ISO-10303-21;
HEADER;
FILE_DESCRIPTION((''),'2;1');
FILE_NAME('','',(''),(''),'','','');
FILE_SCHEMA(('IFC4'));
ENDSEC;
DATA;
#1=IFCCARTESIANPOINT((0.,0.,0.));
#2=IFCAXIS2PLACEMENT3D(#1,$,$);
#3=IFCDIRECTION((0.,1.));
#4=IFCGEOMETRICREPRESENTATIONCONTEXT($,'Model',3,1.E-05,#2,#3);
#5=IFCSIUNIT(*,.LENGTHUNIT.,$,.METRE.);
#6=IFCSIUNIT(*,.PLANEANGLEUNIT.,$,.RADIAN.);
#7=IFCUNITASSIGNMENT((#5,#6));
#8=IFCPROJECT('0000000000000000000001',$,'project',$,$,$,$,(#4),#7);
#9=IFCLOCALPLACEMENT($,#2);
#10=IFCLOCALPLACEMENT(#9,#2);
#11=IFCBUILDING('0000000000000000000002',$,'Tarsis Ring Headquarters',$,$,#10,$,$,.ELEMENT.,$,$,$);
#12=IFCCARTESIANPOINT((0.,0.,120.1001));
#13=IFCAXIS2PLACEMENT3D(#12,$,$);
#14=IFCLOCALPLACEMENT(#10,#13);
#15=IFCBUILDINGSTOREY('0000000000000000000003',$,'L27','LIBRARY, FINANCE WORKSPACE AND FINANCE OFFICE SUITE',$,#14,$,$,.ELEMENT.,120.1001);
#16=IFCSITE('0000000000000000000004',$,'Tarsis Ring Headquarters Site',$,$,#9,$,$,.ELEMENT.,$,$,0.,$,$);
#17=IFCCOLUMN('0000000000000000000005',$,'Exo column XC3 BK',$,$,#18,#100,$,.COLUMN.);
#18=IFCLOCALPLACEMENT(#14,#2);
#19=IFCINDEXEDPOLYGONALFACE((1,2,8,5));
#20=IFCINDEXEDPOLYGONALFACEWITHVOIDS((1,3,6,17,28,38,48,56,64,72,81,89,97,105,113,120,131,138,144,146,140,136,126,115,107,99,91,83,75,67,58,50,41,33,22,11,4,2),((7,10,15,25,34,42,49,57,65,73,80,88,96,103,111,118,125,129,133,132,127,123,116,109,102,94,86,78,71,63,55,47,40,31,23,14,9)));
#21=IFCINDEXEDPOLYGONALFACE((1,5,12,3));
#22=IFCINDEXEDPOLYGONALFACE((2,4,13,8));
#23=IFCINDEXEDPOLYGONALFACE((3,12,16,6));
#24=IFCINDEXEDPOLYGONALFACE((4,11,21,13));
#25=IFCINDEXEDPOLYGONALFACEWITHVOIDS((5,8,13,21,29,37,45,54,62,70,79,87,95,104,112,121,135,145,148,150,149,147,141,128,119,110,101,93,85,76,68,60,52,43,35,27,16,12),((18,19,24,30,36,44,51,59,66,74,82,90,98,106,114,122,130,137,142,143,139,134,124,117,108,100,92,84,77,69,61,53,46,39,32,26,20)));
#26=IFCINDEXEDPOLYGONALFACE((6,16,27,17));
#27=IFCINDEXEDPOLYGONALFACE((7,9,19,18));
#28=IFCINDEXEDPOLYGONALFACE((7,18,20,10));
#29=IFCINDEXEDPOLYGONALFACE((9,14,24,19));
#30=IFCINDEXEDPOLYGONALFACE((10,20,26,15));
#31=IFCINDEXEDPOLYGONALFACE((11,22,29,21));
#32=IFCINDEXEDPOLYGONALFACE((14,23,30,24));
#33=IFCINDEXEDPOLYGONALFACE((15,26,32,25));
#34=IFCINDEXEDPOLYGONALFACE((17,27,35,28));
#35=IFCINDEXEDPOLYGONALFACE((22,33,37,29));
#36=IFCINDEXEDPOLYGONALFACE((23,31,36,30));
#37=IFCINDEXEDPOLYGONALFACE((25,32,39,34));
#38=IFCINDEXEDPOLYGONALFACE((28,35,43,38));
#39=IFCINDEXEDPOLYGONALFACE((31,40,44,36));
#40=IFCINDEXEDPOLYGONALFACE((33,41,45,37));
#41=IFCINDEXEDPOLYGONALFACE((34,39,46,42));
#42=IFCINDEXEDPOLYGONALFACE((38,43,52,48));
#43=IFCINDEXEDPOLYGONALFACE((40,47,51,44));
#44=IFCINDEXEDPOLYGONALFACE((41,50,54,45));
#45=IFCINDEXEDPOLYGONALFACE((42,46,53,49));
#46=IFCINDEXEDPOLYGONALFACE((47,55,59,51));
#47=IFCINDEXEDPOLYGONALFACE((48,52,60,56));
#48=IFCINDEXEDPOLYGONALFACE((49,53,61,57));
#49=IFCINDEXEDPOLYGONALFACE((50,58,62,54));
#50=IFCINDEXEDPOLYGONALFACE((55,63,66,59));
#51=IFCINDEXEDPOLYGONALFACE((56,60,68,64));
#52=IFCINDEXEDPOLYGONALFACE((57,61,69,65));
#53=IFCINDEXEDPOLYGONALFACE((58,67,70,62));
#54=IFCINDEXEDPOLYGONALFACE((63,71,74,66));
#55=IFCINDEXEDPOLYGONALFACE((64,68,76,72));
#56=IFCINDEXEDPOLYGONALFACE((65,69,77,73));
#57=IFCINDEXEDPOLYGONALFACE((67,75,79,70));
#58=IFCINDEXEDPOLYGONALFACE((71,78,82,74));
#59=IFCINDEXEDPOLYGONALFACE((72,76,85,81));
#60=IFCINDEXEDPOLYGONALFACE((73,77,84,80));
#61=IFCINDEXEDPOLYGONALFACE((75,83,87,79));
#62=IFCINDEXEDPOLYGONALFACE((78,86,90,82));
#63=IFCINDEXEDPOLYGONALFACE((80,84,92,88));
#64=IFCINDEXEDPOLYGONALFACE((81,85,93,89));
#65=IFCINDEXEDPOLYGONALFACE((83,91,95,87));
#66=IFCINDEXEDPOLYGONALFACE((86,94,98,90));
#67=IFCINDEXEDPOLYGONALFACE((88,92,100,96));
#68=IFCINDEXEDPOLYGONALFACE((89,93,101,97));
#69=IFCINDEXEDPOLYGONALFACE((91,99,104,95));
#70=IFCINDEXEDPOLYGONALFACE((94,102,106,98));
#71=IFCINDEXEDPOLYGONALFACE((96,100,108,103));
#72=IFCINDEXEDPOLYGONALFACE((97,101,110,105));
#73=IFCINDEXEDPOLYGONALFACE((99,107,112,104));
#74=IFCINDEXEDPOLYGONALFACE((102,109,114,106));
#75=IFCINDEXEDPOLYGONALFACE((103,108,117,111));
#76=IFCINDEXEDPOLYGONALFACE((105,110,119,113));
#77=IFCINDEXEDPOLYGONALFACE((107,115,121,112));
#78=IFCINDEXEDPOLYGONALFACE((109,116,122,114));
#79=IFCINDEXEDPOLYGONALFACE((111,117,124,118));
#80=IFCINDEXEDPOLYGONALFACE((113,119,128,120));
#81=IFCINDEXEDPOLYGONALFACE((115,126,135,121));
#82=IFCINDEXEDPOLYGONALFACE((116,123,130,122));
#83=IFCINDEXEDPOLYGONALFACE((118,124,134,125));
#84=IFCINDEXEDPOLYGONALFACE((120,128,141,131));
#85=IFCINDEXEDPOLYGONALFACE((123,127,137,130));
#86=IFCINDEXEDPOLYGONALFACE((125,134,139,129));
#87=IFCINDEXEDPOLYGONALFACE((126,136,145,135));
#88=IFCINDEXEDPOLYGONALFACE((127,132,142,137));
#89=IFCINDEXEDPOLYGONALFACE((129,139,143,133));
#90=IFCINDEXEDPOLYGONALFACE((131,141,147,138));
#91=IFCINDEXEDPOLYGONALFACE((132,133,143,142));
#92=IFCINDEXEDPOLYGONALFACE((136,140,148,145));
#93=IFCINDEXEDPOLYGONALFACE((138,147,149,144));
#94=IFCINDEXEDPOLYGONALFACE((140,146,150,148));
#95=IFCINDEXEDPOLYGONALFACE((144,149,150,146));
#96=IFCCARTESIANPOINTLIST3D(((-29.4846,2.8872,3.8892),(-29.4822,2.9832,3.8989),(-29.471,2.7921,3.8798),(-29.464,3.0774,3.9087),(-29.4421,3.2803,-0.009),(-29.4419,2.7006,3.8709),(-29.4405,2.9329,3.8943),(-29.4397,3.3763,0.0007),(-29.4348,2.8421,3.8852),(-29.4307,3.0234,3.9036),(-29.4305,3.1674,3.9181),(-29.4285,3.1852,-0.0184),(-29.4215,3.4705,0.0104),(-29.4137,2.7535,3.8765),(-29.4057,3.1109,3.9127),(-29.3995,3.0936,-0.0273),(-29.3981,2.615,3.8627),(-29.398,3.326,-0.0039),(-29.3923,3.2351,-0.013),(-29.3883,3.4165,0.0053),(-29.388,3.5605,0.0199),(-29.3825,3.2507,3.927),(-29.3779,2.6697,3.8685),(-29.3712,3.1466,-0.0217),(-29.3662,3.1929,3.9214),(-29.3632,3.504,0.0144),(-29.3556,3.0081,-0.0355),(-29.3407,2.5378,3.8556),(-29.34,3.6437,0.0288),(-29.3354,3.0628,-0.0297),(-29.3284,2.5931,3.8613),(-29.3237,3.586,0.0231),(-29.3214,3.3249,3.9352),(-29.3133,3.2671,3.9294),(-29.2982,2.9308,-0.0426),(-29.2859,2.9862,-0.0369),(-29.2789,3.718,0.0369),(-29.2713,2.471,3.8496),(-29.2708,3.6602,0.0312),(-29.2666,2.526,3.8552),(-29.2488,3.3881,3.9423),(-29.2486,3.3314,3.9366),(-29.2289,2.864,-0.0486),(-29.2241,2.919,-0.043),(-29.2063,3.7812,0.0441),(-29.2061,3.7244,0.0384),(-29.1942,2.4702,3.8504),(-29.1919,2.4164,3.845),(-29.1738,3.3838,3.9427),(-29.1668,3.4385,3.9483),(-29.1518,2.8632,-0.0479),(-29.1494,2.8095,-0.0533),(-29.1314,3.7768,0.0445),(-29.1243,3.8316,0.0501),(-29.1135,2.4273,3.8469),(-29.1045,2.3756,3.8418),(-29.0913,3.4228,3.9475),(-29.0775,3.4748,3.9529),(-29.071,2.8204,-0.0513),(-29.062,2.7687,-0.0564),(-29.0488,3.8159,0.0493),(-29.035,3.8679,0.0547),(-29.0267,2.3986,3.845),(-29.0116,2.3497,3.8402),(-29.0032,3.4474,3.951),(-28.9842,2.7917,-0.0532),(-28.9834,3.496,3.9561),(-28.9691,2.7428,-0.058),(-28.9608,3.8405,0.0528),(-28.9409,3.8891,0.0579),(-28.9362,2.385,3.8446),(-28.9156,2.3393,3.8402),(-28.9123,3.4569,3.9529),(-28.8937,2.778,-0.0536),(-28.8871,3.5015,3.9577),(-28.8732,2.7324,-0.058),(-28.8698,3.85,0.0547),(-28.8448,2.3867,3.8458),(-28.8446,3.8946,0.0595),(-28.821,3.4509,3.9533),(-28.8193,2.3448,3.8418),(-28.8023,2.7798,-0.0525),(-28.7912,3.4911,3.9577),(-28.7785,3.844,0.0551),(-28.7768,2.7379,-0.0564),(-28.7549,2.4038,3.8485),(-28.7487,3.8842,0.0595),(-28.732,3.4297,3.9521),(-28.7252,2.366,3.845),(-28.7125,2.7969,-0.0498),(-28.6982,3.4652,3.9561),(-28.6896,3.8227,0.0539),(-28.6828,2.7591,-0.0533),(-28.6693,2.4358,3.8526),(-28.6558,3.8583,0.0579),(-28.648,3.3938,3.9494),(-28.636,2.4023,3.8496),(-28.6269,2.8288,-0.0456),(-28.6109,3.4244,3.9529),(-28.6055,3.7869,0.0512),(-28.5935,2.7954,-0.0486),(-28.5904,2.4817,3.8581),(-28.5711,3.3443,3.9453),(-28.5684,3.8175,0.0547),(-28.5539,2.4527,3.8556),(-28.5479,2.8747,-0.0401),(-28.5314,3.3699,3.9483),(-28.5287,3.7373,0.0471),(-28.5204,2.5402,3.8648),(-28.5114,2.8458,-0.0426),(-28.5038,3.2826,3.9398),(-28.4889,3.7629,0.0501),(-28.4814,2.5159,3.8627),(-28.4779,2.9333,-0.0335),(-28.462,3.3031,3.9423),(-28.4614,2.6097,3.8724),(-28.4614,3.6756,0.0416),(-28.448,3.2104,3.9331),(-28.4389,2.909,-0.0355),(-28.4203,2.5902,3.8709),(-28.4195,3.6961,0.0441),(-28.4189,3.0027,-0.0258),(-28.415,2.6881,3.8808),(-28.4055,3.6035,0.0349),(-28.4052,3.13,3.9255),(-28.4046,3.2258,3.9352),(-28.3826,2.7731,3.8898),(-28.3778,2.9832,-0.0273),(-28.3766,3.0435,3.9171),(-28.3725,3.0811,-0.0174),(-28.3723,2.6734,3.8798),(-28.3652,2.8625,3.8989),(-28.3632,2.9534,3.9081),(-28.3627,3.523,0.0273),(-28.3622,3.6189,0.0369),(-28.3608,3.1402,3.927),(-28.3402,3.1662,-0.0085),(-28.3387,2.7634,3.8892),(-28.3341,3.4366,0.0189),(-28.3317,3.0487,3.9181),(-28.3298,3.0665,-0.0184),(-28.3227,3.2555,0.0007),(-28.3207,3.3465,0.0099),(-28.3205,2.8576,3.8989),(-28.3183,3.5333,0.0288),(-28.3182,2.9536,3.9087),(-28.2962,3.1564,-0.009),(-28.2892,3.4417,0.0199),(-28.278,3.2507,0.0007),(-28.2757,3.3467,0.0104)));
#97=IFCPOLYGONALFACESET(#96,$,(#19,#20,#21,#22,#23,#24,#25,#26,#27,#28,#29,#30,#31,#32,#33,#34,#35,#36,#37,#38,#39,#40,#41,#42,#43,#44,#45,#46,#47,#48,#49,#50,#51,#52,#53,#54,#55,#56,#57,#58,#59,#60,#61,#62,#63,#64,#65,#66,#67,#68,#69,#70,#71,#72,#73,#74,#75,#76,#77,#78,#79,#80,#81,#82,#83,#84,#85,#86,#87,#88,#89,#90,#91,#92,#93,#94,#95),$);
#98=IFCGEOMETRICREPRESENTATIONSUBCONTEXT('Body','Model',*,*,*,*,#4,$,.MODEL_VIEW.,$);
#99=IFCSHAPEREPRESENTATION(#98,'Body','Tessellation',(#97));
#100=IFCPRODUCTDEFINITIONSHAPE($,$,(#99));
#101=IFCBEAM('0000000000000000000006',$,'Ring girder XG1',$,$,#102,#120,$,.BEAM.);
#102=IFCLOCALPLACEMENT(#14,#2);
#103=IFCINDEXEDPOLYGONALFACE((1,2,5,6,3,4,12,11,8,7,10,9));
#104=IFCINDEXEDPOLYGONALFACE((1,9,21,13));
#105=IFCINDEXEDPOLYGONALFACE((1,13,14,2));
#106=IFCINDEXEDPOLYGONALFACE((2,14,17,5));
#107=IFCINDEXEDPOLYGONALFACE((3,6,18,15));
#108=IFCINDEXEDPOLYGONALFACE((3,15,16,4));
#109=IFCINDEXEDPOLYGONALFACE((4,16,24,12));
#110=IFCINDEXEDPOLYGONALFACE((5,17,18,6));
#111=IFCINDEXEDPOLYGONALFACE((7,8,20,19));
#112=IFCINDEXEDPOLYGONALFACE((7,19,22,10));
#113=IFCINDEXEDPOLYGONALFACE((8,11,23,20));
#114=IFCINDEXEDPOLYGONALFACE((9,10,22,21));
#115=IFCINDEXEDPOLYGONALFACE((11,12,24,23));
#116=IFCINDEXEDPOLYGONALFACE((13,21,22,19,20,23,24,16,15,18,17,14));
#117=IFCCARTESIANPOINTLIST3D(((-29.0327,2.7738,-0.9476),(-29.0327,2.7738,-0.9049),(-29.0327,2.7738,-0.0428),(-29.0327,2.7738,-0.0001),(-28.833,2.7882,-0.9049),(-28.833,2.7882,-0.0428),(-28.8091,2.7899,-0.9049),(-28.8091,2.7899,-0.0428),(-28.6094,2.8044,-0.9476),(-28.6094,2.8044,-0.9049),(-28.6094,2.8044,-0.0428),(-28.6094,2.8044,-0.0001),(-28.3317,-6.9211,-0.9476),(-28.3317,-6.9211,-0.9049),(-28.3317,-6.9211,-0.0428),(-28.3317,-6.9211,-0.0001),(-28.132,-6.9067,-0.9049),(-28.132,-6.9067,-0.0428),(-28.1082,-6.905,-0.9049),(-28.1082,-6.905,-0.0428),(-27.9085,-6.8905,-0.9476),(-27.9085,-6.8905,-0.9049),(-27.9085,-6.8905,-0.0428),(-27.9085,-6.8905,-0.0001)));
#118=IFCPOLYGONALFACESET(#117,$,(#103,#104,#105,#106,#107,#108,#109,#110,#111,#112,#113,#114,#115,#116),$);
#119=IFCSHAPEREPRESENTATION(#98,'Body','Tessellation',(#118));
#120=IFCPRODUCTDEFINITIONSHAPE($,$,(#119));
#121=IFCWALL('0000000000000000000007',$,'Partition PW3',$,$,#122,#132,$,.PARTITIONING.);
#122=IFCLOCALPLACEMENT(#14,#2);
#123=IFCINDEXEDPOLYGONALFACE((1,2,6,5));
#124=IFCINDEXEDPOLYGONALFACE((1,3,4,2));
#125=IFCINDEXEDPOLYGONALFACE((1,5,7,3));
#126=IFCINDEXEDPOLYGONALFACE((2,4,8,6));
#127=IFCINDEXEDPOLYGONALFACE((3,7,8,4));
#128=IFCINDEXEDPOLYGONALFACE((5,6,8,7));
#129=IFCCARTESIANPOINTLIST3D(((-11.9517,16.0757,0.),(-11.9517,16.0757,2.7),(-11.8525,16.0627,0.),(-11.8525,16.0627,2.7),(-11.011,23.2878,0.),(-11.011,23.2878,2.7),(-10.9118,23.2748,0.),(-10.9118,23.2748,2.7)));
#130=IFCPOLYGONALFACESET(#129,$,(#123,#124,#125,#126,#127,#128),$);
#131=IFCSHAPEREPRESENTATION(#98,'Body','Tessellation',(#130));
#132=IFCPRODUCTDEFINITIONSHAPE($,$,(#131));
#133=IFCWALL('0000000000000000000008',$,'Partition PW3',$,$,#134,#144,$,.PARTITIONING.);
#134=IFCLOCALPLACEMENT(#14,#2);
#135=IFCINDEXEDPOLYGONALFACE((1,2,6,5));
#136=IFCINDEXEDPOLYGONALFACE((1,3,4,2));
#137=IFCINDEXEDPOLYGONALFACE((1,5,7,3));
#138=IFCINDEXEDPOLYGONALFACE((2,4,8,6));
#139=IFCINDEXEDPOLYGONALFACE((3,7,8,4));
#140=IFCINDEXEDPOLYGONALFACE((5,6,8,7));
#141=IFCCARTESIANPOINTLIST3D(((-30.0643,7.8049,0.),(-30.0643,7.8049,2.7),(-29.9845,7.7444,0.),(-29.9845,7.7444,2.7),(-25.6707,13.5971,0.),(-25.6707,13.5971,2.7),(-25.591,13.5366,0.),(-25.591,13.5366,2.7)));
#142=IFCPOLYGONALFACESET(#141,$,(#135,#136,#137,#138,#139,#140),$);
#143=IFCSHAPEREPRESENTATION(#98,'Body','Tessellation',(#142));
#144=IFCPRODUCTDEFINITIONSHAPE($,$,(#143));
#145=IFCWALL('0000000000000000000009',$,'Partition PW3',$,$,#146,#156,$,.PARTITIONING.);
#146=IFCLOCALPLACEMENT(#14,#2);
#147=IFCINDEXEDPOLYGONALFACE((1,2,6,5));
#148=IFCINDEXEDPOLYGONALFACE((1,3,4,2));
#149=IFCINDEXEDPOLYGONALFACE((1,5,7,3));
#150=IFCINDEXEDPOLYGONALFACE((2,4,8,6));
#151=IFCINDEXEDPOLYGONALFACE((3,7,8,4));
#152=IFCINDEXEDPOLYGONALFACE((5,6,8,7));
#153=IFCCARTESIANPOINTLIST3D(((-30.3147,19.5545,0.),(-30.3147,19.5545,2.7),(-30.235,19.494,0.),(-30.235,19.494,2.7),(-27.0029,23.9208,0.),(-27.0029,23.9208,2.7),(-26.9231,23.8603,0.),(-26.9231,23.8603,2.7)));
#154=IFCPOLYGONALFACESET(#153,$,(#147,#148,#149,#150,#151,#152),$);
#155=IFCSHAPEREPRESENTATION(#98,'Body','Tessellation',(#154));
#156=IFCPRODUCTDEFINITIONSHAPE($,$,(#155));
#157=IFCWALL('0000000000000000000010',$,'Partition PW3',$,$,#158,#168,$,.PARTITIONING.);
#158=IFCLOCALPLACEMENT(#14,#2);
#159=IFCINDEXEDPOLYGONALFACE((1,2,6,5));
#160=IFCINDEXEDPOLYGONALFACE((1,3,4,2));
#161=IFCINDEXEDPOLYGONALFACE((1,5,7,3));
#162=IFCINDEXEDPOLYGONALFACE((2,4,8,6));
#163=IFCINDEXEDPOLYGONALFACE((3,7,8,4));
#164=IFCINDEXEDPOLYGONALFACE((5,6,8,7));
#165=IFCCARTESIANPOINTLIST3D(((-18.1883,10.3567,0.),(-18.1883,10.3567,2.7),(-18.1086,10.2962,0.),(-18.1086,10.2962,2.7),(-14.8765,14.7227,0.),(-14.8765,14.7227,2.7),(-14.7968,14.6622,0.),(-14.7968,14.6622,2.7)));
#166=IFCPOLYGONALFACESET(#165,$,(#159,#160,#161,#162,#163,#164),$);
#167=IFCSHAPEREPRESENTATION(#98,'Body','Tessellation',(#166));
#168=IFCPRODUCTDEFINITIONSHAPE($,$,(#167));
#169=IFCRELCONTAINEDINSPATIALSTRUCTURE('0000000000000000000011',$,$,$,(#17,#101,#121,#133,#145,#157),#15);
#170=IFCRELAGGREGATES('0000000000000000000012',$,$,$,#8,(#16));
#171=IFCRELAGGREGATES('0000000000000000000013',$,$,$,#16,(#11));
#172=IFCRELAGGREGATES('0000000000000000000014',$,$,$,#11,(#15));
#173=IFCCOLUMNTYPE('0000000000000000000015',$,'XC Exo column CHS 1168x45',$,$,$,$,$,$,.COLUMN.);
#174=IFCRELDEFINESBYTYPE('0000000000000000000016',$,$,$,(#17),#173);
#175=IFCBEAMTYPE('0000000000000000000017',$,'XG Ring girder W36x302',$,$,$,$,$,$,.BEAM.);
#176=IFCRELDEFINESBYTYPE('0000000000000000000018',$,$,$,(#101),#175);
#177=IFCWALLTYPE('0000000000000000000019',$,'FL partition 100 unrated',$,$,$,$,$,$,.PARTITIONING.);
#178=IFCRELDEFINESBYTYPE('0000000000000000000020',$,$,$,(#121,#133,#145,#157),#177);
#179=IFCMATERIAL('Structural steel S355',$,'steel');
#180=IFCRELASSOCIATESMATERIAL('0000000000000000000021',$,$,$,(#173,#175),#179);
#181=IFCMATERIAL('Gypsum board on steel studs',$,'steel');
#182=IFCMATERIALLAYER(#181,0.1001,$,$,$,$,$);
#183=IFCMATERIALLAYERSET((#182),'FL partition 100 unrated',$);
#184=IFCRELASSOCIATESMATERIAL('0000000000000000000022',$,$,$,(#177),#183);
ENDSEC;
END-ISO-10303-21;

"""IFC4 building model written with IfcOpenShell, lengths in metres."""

from ifc_helpers import new_model, si_unit, direction, frame, frame_2d, origin, origin_2d, place, context, subcontext, project, spatial, rectangle, hollow_circle, i_section, extrude, material, layer, layer_set, material_profile, profile_set, type_object, element, save


model = new_model("IFC4")

# Units and contexts
model_context = context("Model", 3, precision=1e-05, world=origin(), true_north=direction((0.0, 1.0)))
body_context = subcontext(model_context, "Body", "Model", "MODEL_VIEW")
ifc_project = project(units=[si_unit("LENGTHUNIT", "METRE"), si_unit("PLANEANGLEUNIT", "RADIAN")], contexts=[model_context])

# Site, building, storey
site_placement = place(None, origin())
site = spatial("IfcSite", under=ifc_project, at=site_placement, Name="Tarsis Ring Headquarters Site", CompositionType="ELEMENT", RefElevation=0.0)
building_placement = place(site_placement, origin())
building = spatial("IfcBuilding", under=site, at=building_placement, Name="Tarsis Ring Headquarters", CompositionType="ELEMENT")
storey_placement = place(building_placement, frame((0.0, 0.0, 120.1001)))
storey = spatial("IfcBuildingStorey", under=building, at=storey_placement, Name="L27", Description="LIBRARY, FINANCE WORKSPACE AND FINANCE OFFICE SUITE", CompositionType="ELEMENT", Elevation=120.1001)

# Column
ifc_material_1 = material(Name="Structural steel S355", Category="steel")
ifc_material_profile_1 = material_profile(ifc_material_1, hollow_circle(Radius=0.5842, WallThickness=0.0449, at=origin_2d()), Name="CHS 1168x45")
ifc_profile_set_1 = profile_set([ifc_material_profile_1], Name="Structural steel S355")
column_type = type_object("IfcColumnType", Name="XC Exo column CHS 1168x45", PredefinedType="COLUMN", material=ifc_profile_set_1)
column_placement = place(storey_placement, frame((-28.8589, 3.3135, 0.0007), z_axis=(-0.010842, -0.100318, 0.994896), x_axis=(0.994211, -0.107449, 0.0)))
element("IfcColumn", 1, at=column_placement, inside=storey, type_object=column_type, Name="Exo column XC3 BK", PredefinedType="COLUMN", context=body_context, shape_type="SweptSolid", body=[
    extrude(hollow_circle(Radius=0.5842, WallThickness=0.0449, at=origin_2d()), origin(), (0.0, 0.0, 1.0), 3.9182),
])

# Beam
ifc_material_profile_2 = material_profile(ifc_material_1, i_section(OverallWidth=0.4243, OverallDepth=0.9475, WebThickness=0.0239, FlangeThickness=0.0427, at=origin_2d()), Name="W36x302")
ifc_profile_set_2 = profile_set([ifc_material_profile_2], Name="Structural steel S355")
beam_type = type_object("IfcBeamType", Name="XG Ring girder W36x302", PredefinedType="BEAM", material=ifc_profile_set_2)
beam_placement = place(storey_placement, frame((-28.821, 2.7891, -0.4739), z_axis=(0.072111, -0.997397, 0.0), x_axis=(0.997397, 0.072111, 0.0)))
element("IfcBeam", 2, at=beam_placement, inside=storey, type_object=beam_type, Name="Ring girder XG1", PredefinedType="BEAM", context=body_context, shape_type="SweptSolid", body=[
    extrude(i_section(OverallWidth=0.4243, OverallDepth=0.9475, WebThickness=0.0239, FlangeThickness=0.0427, at=origin_2d()), origin(), (0.0, 0.0, 1.0), 9.7202),
])

# Walls
ifc_material_2 = material(Name="Gypsum board on steel studs", Category="steel")
ifc_layer_1 = layer(ifc_material_2, 0.1001)
ifc_layer_set_1 = layer_set([ifc_layer_1], Name="FL partition 100 unrated")
wall_type_1 = type_object("IfcWallType", Name="FL partition 100 unrated", PredefinedType="PARTITIONING", material=ifc_layer_set_1)
wall_1_placement = place(storey_placement, frame((-11.9021, 16.0691, 0.0), z_axis=(0.0, 0.0, 1.0), x_axis=(0.129333, 0.991601, 0.0)))
element("IfcWall", 3, at=wall_1_placement, inside=storey, type_object=wall_type_1, Name="Partition PW3", PredefinedType="PARTITIONING", context=body_context, shape_type="SweptSolid", body=[
    extrude(rectangle(XDim=7.2732, YDim=0.1001, at=frame_2d((3.6367, 0.0))), origin(), (0.0, 0.0, 1.0), 2.7),
])
wall_2_placement = place(storey_placement, frame((-30.0244, 7.7747, 0.0), z_axis=(0.0, 0.0, 1.0), x_axis=(0.604338, 0.796728, 0.0)))
element("IfcWall", 4, at=wall_2_placement, inside=storey, type_object=wall_type_1, Name="Partition PW3", PredefinedType="PARTITIONING", context=body_context, shape_type="SweptSolid", body=[
    extrude(rectangle(XDim=7.27, YDim=0.1001, at=frame_2d((3.635, 0.0))), origin(), (0.0, 0.0, 1.0), 2.7),
])
wall_3_placement = place(storey_placement, frame((-30.2749, 19.5242, 0.0), z_axis=(0.0, 0.0, 1.0), x_axis=(0.604325, 0.796738, 0.0)))
element("IfcWall", 5, at=wall_3_placement, inside=storey, type_object=wall_type_1, Name="Partition PW3", PredefinedType="PARTITIONING", context=body_context, shape_type="SweptSolid", body=[
    extrude(rectangle(XDim=5.4802, YDim=0.1001, at=frame_2d((2.7402, 0.0))), origin(), (0.0, 0.0, 1.0), 2.7),
])
wall_4_placement = place(storey_placement, frame((-18.1484, 10.3264, 0.0), z_axis=(0.0, 0.0, 1.0), x_axis=(0.604347, 0.796722, 0.0)))
element("IfcWall", 6, at=wall_4_placement, inside=storey, type_object=wall_type_1, Name="Partition PW3", PredefinedType="PARTITIONING", context=body_context, shape_type="SweptSolid", body=[
    extrude(rectangle(XDim=5.48, YDim=0.1001, at=frame_2d((2.74, 0.0))), origin(), (0.0, 0.0, 1.0), 2.7),
])

save(model, "model.ifc")
